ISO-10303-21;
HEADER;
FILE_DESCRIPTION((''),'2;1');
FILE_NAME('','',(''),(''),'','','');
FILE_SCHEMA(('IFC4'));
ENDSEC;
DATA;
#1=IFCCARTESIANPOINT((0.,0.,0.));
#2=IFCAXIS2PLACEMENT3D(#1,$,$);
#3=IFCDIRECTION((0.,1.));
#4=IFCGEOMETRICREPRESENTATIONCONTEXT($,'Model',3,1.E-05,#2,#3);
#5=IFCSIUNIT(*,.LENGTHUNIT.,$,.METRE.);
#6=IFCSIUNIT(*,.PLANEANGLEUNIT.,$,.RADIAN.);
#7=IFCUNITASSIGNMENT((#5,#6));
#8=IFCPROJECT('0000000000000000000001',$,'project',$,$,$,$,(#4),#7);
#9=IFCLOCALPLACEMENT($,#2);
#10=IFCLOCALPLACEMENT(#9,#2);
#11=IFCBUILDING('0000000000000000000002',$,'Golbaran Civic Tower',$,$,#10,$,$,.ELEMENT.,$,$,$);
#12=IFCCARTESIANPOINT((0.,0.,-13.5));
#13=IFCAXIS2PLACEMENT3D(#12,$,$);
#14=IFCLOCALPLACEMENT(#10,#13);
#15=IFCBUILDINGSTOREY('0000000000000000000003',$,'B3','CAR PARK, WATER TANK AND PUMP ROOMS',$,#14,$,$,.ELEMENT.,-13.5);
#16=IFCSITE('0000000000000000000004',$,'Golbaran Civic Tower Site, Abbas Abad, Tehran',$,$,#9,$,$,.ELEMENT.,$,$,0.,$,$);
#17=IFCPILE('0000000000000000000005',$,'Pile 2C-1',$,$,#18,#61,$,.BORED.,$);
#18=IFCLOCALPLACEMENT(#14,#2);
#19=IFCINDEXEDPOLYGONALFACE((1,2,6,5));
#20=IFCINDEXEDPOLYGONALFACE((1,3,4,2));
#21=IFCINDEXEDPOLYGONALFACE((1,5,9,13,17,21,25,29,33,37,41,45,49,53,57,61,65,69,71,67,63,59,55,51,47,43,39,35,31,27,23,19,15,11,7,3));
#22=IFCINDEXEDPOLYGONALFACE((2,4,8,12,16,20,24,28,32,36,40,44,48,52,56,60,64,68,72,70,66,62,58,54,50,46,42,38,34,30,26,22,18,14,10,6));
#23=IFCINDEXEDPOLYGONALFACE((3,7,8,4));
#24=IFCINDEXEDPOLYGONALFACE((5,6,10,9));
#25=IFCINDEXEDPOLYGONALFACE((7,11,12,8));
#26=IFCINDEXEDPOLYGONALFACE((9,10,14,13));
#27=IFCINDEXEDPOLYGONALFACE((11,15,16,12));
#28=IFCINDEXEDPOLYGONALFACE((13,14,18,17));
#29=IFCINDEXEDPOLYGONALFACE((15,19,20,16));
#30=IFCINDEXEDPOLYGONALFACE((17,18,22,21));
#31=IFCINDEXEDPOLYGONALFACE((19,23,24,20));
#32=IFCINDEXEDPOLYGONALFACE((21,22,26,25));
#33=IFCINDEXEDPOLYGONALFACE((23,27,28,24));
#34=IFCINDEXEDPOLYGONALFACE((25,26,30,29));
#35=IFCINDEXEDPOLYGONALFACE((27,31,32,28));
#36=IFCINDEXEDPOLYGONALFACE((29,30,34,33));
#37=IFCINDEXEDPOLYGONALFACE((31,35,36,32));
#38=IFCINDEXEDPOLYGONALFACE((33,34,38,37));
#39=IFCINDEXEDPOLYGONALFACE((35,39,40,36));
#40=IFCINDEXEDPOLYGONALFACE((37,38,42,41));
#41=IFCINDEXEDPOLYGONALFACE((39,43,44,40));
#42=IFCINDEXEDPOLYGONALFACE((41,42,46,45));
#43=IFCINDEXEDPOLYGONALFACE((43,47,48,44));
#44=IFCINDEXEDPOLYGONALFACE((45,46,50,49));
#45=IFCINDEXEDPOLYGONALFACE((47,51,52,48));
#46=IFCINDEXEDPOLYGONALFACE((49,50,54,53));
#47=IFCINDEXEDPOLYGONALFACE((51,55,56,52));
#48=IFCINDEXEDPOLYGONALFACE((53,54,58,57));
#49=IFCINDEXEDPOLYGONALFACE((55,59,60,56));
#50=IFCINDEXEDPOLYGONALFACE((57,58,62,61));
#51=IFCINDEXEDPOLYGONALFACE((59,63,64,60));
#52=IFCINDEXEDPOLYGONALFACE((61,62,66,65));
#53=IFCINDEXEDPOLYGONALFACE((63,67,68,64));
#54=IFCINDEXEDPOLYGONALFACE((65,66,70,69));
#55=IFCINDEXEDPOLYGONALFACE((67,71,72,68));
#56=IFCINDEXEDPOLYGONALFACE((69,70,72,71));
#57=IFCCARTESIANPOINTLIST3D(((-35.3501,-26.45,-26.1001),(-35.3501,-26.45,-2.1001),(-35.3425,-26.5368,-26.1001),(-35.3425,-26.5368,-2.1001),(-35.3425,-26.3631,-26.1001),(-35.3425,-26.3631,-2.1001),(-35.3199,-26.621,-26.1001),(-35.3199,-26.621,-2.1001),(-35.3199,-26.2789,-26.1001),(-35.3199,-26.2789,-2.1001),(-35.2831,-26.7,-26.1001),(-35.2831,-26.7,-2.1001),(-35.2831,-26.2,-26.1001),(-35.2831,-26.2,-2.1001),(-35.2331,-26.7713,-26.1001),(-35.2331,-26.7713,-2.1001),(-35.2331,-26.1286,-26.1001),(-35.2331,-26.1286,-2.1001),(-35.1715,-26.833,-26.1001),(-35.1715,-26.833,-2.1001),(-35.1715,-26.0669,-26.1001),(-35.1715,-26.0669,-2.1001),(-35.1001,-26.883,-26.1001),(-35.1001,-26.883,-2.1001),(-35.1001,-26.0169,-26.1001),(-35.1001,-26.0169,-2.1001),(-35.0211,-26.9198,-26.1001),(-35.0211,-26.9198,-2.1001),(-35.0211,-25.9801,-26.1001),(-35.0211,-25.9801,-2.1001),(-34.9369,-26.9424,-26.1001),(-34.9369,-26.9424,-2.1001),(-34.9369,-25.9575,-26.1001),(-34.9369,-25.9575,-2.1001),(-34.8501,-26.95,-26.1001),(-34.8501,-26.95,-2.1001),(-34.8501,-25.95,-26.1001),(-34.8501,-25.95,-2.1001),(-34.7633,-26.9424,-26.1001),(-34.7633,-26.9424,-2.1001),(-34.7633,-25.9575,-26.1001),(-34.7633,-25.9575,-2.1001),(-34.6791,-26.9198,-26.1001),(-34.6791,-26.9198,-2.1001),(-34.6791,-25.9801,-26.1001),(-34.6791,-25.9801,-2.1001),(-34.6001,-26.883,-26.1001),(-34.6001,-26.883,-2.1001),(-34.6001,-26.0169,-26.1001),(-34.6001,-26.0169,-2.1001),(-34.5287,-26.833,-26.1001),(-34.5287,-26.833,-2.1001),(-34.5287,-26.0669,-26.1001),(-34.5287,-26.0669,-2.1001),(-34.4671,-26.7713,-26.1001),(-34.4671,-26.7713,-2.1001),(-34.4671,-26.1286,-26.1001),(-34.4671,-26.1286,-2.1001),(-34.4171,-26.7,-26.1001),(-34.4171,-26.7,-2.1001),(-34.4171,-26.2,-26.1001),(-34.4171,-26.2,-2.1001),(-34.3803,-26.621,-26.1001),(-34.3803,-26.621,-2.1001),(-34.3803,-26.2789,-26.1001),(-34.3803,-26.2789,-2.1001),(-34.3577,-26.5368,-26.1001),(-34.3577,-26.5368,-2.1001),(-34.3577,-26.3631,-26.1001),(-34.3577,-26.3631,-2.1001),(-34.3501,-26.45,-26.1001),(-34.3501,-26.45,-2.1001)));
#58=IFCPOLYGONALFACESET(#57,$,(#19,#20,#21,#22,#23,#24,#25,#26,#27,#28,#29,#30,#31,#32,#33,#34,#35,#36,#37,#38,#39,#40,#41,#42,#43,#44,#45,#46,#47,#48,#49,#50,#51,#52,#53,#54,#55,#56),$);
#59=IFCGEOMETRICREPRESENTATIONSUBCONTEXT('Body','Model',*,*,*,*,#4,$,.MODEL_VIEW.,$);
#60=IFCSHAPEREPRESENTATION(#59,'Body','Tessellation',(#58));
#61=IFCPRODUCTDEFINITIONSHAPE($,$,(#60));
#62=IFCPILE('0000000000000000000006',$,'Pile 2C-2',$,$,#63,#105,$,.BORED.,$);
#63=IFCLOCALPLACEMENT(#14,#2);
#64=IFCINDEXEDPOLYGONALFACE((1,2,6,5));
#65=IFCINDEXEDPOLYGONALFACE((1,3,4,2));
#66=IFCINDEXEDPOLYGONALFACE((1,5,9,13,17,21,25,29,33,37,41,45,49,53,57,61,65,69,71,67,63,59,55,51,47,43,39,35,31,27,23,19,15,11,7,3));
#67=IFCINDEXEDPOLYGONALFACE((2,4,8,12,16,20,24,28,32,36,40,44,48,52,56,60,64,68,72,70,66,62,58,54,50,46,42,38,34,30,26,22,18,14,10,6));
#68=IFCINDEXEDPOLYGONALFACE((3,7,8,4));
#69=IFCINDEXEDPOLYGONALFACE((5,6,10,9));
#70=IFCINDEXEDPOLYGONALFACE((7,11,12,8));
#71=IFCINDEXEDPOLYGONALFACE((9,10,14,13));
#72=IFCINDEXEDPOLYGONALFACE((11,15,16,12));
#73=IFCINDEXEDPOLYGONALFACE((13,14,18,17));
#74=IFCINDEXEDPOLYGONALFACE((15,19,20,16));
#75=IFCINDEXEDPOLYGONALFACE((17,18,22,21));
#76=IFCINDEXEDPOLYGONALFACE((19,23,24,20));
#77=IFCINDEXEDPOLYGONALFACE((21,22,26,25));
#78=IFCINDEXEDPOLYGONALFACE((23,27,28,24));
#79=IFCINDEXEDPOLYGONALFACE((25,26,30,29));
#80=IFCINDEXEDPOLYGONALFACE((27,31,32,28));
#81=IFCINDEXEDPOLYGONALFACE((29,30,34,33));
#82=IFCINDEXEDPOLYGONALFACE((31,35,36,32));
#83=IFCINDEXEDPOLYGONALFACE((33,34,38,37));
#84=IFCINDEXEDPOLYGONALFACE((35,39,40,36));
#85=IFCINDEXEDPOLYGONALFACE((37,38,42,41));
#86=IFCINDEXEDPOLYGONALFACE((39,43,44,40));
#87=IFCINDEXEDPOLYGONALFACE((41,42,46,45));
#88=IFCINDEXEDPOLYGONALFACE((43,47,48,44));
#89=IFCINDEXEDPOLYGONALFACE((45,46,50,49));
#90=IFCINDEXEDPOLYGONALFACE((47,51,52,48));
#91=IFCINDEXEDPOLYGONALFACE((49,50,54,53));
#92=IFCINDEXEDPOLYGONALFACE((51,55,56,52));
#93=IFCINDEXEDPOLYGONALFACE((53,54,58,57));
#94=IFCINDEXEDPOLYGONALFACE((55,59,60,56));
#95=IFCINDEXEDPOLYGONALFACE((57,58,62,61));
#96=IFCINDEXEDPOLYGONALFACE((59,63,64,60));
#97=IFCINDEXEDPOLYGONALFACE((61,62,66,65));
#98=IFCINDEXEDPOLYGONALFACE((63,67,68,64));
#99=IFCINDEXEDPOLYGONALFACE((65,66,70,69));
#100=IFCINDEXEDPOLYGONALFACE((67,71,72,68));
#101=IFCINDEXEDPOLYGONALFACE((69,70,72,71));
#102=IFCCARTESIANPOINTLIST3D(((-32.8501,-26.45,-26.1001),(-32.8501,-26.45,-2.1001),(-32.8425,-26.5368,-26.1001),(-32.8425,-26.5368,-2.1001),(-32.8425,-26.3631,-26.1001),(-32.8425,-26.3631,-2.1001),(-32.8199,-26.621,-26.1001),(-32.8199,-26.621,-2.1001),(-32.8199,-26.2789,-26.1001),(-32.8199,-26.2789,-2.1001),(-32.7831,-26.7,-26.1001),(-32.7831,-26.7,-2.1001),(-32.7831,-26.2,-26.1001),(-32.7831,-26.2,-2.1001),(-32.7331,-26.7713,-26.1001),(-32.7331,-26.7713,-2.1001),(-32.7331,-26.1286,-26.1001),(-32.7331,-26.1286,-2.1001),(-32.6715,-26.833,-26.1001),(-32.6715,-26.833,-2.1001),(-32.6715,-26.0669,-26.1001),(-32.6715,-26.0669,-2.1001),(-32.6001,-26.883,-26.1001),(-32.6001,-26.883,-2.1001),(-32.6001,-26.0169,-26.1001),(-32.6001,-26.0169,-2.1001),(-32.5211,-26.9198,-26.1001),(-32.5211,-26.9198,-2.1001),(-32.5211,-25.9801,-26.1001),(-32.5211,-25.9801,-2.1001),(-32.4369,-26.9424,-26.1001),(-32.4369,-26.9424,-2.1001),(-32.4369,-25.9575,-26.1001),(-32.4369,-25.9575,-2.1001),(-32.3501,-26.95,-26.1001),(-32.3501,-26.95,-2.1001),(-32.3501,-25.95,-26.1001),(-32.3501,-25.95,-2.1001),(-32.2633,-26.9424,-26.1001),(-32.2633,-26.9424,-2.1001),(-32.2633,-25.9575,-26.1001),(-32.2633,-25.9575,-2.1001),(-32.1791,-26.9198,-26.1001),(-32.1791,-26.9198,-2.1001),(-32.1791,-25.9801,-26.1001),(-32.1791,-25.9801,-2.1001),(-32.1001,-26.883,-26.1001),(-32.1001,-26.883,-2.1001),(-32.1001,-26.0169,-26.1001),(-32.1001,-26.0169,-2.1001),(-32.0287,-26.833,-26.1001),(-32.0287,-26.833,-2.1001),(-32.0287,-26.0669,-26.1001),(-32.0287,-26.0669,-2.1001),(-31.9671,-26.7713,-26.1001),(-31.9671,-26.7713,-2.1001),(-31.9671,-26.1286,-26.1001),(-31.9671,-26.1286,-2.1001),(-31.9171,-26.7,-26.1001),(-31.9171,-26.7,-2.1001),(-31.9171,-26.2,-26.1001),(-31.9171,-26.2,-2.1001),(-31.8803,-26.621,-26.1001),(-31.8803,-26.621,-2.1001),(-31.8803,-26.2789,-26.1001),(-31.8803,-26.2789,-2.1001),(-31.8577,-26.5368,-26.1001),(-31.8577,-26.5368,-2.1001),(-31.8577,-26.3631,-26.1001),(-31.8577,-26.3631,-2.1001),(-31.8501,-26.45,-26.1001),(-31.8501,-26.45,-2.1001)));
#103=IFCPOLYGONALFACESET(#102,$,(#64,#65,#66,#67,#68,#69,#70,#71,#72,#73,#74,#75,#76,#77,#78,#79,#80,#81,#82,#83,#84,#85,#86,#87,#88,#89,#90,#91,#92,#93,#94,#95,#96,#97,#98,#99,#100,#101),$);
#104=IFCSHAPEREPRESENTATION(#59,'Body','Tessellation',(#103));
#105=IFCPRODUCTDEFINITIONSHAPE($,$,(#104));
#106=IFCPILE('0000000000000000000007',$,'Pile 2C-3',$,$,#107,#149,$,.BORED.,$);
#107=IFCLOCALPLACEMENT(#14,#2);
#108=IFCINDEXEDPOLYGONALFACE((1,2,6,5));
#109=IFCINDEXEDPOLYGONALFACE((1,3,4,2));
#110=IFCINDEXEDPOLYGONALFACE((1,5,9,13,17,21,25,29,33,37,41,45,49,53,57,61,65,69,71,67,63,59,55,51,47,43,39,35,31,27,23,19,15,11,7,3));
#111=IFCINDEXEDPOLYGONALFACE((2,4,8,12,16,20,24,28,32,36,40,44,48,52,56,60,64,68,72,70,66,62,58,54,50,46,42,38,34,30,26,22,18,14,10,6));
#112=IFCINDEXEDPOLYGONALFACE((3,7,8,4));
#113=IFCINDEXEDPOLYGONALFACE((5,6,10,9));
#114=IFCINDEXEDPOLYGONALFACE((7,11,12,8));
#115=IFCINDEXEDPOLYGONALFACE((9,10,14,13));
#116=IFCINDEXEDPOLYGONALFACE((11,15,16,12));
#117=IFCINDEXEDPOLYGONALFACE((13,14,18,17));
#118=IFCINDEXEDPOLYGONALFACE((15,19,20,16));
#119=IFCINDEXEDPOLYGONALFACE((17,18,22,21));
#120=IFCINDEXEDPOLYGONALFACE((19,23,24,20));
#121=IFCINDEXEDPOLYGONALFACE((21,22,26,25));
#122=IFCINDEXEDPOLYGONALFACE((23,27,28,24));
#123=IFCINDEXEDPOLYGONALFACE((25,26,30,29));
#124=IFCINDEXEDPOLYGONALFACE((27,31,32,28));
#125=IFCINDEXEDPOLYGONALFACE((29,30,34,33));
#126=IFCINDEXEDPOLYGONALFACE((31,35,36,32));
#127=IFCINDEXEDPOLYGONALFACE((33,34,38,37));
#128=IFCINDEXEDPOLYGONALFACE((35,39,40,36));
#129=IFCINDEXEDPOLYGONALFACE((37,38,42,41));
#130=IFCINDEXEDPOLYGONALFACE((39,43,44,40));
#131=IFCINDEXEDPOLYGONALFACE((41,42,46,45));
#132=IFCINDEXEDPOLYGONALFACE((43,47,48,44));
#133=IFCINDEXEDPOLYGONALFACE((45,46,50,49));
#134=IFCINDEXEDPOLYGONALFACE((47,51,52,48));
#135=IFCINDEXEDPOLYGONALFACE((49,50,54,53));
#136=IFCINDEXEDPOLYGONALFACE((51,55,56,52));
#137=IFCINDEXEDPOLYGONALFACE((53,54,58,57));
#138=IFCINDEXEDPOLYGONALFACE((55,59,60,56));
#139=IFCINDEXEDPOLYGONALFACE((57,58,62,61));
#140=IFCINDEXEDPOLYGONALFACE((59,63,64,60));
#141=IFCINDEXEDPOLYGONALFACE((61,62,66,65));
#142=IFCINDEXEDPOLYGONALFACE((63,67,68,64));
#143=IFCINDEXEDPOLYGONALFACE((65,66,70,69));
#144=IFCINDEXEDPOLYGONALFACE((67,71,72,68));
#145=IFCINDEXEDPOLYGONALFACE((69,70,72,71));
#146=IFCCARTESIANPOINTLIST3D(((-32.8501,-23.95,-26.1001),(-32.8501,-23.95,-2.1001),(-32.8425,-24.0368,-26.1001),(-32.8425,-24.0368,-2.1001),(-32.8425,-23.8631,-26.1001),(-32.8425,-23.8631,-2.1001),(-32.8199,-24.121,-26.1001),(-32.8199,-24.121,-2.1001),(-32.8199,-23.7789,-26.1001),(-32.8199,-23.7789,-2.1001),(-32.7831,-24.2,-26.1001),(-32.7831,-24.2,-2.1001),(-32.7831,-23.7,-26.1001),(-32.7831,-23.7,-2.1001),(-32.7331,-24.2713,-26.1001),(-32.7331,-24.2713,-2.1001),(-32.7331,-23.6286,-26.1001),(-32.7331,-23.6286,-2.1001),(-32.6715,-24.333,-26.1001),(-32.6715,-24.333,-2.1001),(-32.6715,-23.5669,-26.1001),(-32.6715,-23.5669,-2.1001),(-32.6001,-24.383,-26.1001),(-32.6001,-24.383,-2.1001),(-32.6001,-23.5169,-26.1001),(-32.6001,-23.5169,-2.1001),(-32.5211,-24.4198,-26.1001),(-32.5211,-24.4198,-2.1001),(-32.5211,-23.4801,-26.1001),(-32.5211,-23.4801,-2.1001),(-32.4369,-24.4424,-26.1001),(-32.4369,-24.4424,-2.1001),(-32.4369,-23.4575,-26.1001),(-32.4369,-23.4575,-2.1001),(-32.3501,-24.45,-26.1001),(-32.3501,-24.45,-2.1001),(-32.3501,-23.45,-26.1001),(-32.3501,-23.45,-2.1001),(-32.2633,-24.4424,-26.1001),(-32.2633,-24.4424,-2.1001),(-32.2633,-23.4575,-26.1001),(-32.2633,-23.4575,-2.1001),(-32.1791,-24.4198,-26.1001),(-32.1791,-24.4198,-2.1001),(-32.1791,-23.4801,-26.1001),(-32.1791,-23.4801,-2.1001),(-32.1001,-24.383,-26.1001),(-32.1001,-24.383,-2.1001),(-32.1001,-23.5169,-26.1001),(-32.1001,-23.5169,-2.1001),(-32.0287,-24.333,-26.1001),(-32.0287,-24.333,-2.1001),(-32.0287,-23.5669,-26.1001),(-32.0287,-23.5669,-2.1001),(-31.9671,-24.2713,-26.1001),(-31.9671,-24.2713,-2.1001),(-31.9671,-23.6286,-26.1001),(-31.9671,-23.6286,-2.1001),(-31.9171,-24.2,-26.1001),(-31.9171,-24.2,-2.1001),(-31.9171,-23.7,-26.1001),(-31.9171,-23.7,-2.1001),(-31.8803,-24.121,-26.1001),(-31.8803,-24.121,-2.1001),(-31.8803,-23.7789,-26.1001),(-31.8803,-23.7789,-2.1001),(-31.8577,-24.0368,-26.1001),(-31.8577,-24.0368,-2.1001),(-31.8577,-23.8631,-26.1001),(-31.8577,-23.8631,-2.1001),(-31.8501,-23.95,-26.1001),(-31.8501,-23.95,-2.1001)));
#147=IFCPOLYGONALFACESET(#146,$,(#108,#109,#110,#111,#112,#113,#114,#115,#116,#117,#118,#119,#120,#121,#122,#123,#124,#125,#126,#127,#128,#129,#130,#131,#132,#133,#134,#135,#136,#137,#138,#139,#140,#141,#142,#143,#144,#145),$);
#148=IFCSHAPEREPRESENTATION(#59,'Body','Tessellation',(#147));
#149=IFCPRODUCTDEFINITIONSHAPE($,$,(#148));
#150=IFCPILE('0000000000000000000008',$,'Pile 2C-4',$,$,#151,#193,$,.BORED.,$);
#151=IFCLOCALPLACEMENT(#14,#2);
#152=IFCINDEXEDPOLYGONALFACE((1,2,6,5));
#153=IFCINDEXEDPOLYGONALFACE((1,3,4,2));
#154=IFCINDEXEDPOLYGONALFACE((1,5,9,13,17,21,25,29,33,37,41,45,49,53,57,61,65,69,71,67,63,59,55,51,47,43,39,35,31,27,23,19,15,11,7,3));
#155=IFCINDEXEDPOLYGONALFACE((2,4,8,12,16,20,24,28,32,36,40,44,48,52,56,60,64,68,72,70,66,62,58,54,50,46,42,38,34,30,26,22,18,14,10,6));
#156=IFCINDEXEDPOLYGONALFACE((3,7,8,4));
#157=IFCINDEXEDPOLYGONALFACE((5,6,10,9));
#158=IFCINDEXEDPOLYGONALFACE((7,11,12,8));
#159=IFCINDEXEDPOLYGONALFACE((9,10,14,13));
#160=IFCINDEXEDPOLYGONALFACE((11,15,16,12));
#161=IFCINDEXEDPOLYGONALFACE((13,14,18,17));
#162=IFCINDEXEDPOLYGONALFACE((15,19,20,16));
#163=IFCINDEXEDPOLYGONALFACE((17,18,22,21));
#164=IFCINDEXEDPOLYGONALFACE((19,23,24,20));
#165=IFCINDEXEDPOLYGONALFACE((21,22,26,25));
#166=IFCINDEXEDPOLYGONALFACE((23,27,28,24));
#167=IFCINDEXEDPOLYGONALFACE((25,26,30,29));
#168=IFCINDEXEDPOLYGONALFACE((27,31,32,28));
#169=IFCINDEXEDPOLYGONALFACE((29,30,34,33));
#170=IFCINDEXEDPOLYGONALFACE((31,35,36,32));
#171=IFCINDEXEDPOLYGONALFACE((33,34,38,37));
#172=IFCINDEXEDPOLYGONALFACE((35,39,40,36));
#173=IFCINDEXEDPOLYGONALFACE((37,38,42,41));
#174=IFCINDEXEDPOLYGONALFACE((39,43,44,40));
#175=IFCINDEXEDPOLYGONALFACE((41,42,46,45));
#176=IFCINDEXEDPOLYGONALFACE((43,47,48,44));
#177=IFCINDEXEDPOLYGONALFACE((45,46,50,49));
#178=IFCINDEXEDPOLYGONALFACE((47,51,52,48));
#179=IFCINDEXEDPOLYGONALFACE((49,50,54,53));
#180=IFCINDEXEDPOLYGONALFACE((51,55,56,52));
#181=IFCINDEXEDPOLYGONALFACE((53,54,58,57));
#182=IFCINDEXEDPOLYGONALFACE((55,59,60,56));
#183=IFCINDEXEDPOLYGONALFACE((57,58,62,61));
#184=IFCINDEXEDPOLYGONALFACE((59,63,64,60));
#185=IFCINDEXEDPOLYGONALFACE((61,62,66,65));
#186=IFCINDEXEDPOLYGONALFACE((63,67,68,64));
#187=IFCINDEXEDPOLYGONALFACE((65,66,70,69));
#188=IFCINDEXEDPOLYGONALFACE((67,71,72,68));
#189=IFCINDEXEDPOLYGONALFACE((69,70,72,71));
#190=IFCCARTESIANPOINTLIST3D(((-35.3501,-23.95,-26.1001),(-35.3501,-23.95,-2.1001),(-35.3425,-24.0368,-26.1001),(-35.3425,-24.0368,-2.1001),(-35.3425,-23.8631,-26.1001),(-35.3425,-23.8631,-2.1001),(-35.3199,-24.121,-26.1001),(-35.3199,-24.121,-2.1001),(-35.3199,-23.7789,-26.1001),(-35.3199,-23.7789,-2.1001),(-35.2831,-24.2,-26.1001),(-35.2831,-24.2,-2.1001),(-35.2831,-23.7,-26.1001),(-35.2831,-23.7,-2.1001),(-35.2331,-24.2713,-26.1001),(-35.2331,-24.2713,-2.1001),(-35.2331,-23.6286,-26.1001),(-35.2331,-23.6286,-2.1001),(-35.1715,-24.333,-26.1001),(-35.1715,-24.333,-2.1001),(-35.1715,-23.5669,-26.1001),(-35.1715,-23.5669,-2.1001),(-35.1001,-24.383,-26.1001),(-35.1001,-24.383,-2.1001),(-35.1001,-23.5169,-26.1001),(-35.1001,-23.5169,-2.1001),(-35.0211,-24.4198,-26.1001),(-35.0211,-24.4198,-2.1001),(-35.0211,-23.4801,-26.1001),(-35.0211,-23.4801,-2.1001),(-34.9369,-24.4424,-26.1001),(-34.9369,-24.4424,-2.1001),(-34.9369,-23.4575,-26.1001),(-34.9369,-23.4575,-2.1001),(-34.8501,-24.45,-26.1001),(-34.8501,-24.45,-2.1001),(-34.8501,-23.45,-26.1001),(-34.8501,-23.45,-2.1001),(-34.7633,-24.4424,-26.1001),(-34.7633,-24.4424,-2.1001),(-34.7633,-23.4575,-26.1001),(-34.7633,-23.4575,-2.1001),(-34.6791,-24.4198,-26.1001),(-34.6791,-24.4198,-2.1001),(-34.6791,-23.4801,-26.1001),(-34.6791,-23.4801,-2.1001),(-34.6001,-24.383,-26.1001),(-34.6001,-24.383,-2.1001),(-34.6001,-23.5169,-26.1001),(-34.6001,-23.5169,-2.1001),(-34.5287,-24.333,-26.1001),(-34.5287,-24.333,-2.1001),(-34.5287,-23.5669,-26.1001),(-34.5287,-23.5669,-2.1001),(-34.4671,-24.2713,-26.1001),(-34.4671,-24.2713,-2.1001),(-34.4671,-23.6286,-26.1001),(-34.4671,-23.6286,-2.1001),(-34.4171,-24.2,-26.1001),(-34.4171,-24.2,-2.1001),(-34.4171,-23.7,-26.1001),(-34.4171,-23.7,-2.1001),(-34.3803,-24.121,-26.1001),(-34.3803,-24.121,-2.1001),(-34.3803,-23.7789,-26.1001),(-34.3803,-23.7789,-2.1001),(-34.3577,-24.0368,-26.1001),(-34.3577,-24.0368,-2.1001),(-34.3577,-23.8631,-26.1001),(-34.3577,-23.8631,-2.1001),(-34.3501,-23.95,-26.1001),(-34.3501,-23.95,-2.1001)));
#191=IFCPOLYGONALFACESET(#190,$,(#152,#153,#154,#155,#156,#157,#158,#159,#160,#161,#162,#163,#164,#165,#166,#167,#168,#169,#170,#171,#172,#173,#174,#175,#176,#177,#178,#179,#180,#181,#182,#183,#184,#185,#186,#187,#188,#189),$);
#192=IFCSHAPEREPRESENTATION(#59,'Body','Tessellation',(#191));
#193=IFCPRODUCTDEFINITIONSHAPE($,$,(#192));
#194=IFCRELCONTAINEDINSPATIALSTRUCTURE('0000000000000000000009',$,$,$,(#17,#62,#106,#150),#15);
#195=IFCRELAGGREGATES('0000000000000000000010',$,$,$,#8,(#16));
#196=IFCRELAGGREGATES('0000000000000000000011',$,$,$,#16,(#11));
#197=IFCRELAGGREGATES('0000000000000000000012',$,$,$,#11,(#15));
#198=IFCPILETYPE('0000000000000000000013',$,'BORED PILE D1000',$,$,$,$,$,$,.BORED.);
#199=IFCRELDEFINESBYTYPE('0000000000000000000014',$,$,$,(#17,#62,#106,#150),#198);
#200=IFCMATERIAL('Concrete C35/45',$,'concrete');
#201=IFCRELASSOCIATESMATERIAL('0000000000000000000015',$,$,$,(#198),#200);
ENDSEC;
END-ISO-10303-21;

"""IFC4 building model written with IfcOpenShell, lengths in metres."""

from ifc_helpers import new_model, si_unit, direction, frame, origin, origin_2d, place, context, subcontext, project, spatial, circle, extrude, material, material_profile, profile_set, type_object, element, save


model = new_model("IFC4")

# Units and contexts
model_context = context("Model", 3, precision=1e-05, world=origin(), true_north=direction((0.0, 1.0)))
body_context = subcontext(model_context, "Body", "Model", "MODEL_VIEW")
ifc_project = project(units=[si_unit("LENGTHUNIT", "METRE"), si_unit("PLANEANGLEUNIT", "RADIAN")], contexts=[model_context])

# Site, building, storey
site_placement = place(None, origin())
site = spatial("IfcSite", under=ifc_project, at=site_placement, Name="Golbaran Civic Tower Site, Abbas Abad, Tehran", CompositionType="ELEMENT", RefElevation=0.0)
building_placement = place(site_placement, origin())
building = spatial("IfcBuilding", under=site, at=building_placement, Name="Golbaran Civic Tower", CompositionType="ELEMENT")
storey_placement = place(building_placement, frame((0.0, 0.0, -13.5)))
storey = spatial("IfcBuildingStorey", under=building, at=storey_placement, Name="B3", Description="CAR PARK, WATER TANK AND PUMP ROOMS", CompositionType="ELEMENT", Elevation=-13.5)

# Piles
ifc_material_1 = material(Name="Concrete C35/45", Category="concrete")
ifc_material_profile_1 = material_profile(ifc_material_1, circle(Radius=0.5, at=origin_2d()), Name="BORED PILE D1000")
ifc_profile_set_1 = profile_set([ifc_material_profile_1], Name="Concrete C35/45")
pile_type_1 = type_object("IfcPileType", Name="BORED PILE D1000", PredefinedType="BORED", material=ifc_profile_set_1)
for number, where, z_axis, x_axis, name in (
    (1, (-34.8501, -26.45, -2.1001), (0.0, 0.0, -1.0), (1.0, 0.0, 0.0), "Pile 2C-1"),
    (2, (-32.3501, -26.45, -2.1001), (0.0, 0.0, -1.0), (1.0, 0.0, 0.0), "Pile 2C-2"),
    (3, (-32.3501, -23.95, -2.1001), (0.0, 0.0, -1.0), (1.0, 0.0, 0.0), "Pile 2C-3"),
    (4, (-34.8501, -23.95, -2.1001), (0.0, 0.0, -1.0), (1.0, 0.0, 0.0), "Pile 2C-4"),
):
    element("IfcPile", number, at=place(storey_placement, frame(where, z_axis=z_axis, x_axis=x_axis)), inside=storey, type_object=pile_type_1, Name=name, PredefinedType="BORED", context=body_context, shape_type="SweptSolid", body=[
        extrude(circle(Radius=0.5, at=origin_2d()), origin(), (0.0, 0.0, 1.0), 24.0),
    ])

save(model, "model.ifc")
